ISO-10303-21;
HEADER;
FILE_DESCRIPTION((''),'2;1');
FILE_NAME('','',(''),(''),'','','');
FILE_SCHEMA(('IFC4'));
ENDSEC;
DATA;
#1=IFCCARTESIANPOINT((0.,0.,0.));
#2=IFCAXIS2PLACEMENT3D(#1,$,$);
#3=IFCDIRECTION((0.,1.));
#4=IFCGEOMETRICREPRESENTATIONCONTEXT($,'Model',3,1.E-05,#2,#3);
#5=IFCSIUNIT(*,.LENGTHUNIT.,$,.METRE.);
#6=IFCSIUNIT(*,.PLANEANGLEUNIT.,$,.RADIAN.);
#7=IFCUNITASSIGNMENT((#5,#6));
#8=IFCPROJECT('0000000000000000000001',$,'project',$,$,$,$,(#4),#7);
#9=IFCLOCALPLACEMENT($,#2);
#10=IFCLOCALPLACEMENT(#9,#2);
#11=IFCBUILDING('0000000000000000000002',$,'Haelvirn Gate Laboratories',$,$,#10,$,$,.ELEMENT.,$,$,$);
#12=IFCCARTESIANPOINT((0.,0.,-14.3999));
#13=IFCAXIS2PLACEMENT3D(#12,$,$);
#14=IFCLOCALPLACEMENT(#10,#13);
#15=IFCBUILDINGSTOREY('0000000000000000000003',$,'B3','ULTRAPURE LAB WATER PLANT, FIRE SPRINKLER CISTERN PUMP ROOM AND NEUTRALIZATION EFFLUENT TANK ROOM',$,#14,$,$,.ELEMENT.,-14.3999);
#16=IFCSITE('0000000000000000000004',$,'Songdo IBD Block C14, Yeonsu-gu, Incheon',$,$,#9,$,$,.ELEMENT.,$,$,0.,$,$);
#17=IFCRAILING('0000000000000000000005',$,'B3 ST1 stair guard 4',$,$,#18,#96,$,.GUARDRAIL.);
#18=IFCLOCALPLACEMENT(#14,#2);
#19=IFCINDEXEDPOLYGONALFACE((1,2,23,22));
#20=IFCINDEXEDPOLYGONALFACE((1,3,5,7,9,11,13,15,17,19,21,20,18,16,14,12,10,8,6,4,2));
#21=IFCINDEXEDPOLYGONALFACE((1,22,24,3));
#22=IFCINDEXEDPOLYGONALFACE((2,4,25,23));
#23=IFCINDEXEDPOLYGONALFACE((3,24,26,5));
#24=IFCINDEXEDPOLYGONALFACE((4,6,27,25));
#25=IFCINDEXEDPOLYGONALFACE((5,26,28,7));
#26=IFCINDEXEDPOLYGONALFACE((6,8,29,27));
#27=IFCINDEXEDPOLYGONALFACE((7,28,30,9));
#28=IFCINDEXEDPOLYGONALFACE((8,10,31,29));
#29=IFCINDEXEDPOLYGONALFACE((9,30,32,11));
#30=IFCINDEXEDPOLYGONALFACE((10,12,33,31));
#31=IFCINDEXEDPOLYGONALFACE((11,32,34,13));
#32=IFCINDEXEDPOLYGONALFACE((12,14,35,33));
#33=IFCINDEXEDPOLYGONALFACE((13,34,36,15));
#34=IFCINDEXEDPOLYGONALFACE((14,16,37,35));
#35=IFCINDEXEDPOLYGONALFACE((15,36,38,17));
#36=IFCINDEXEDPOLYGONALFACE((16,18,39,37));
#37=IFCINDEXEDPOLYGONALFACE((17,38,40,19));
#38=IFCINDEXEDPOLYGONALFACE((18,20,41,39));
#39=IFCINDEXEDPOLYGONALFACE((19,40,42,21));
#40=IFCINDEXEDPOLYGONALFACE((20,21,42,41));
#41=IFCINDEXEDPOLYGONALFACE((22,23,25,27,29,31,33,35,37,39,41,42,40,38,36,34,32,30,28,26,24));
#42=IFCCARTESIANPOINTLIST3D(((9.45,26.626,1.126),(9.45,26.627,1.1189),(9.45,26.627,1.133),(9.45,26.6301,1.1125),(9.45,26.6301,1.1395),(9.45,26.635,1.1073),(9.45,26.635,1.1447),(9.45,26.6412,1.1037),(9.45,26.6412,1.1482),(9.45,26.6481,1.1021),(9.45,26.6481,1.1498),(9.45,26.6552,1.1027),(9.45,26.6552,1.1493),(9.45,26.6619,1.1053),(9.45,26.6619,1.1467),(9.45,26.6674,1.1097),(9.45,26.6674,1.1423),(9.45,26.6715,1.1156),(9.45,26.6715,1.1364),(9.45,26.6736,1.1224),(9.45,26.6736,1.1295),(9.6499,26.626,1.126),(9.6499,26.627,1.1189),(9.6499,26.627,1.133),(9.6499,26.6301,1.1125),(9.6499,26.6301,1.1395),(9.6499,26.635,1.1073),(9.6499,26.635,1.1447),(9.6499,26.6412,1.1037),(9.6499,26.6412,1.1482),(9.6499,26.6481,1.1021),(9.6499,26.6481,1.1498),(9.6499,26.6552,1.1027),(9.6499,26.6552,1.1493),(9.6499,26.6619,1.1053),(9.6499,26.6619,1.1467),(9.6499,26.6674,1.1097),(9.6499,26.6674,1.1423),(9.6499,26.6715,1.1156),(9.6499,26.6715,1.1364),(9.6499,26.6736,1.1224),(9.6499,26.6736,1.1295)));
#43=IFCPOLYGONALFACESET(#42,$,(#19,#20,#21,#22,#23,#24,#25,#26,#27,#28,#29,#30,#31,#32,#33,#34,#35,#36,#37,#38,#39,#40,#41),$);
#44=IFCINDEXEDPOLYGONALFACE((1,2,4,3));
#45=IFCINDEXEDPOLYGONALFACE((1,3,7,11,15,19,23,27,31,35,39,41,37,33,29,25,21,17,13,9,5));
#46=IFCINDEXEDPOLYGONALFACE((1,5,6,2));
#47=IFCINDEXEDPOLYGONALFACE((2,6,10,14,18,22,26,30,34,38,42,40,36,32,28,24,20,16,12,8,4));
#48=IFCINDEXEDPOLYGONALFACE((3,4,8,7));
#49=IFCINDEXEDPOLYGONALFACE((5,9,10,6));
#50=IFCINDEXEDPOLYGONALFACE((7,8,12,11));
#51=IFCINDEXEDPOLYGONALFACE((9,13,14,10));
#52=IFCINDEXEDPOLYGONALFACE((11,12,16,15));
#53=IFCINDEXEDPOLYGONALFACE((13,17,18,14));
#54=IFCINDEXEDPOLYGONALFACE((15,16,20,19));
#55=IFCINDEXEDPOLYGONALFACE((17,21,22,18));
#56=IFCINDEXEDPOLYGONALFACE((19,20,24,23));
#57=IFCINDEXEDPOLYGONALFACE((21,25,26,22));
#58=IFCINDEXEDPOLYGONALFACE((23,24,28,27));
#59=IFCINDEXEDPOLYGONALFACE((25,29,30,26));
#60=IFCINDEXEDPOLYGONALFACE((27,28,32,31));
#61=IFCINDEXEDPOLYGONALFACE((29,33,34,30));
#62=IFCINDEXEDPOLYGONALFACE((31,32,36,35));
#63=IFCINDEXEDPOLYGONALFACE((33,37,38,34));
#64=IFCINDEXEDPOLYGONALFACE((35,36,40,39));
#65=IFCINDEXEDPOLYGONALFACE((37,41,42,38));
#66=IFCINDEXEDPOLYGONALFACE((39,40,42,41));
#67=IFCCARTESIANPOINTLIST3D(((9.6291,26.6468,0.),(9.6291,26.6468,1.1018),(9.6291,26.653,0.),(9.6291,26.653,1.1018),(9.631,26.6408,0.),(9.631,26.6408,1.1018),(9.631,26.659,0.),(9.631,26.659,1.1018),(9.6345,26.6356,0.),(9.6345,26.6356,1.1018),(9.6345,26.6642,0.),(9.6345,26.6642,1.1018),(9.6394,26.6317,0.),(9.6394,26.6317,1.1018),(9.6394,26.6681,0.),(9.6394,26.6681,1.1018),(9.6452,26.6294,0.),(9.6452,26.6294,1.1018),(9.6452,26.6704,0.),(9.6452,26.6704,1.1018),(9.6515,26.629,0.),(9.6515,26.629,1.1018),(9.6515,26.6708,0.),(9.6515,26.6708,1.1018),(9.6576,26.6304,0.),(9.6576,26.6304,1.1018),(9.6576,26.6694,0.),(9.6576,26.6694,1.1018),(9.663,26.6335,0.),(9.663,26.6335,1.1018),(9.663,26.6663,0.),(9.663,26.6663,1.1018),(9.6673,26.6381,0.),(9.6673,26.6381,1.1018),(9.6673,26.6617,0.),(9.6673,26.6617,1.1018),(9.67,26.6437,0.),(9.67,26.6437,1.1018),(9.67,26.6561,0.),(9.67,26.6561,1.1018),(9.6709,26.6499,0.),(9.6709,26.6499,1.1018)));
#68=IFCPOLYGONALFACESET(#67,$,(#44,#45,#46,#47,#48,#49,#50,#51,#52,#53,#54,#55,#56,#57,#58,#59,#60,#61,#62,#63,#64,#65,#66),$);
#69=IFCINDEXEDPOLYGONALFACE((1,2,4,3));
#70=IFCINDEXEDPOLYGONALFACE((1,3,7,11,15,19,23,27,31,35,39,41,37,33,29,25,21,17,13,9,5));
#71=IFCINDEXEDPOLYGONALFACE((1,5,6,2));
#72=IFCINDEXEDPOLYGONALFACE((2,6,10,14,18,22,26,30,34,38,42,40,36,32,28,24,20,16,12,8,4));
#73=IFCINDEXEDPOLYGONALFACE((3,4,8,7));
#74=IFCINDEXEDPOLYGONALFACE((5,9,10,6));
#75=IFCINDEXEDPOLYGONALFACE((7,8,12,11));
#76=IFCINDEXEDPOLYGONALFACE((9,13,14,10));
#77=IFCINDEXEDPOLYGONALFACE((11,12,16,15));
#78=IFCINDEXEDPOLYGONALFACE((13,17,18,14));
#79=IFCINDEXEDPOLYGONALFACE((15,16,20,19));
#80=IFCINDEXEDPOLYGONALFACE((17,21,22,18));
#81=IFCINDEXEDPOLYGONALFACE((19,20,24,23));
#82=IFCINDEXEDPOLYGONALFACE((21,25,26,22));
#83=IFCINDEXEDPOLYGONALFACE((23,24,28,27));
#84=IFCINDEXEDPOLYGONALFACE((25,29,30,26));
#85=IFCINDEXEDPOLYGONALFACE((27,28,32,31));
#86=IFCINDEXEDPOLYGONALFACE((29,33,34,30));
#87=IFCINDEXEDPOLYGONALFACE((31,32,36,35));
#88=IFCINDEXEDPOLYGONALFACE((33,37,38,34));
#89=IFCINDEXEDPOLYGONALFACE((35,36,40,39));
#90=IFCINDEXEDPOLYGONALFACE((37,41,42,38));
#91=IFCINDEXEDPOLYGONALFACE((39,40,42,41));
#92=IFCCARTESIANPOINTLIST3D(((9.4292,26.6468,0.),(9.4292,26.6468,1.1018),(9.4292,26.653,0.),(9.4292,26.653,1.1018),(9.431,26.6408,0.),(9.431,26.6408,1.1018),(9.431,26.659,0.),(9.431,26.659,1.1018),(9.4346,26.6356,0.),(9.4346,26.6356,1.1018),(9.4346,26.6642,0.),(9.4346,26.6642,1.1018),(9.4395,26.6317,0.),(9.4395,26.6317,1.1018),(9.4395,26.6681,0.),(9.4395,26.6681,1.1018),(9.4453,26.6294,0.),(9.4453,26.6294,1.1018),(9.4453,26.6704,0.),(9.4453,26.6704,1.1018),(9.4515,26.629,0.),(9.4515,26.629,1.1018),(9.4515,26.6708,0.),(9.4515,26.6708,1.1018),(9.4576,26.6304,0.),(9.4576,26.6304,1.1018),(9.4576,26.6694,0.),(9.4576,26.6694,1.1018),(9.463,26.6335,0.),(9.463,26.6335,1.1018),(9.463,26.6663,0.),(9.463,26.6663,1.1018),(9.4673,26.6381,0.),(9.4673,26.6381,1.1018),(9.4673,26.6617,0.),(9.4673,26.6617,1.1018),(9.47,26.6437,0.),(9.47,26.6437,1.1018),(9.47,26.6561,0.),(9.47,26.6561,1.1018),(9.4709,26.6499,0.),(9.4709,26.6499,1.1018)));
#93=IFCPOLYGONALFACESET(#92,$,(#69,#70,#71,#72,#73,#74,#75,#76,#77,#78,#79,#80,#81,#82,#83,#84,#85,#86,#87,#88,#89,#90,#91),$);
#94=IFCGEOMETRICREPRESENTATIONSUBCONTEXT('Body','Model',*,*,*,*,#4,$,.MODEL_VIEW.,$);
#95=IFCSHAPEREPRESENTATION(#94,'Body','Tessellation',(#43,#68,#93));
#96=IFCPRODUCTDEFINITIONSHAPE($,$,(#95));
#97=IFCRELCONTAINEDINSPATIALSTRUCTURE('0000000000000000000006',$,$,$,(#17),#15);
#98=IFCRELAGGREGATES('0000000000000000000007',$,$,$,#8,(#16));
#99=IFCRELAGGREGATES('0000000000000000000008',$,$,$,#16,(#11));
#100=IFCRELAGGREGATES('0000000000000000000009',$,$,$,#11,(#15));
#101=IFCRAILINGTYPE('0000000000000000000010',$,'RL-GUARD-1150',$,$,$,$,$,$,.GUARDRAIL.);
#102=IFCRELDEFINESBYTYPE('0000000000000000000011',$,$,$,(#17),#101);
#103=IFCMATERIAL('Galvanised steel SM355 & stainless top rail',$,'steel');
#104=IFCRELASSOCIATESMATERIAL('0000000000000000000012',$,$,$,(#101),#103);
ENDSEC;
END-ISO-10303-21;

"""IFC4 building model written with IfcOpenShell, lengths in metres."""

from ifc_helpers import new_model, si_unit, direction, frame, origin, origin_2d, place, context, subcontext, project, spatial, circle, extrude, source, transform, mapped, material, type_object, element, save


model = new_model("IFC4")

# Units and contexts
model_context = context("Model", 3, precision=1e-05, world=origin(), true_north=direction((0.0, 1.0)))
body_context = subcontext(model_context, "Body", "Model", "MODEL_VIEW")
ifc_project = project(units=[si_unit("LENGTHUNIT", "METRE"), si_unit("PLANEANGLEUNIT", "RADIAN")], contexts=[model_context])

# Site, building, storey
site_placement = place(None, origin())
site = spatial("IfcSite", under=ifc_project, at=site_placement, Name="Songdo IBD Block C14, Yeonsu-gu, Incheon", CompositionType="ELEMENT", RefElevation=0.0)
building_placement = place(site_placement, origin())
building = spatial("IfcBuilding", under=site, at=building_placement, Name="Haelvirn Gate Laboratories", CompositionType="ELEMENT")
storey_placement = place(building_placement, frame((0.0, 0.0, -14.3999)))
storey = spatial("IfcBuildingStorey", under=building, at=storey_placement, Name="B3", Description="ULTRAPURE LAB WATER PLANT, FIRE SPRINKLER CISTERN PUMP ROOM AND NEUTRALIZATION EFFLUENT TANK ROOM", CompositionType="ELEMENT", Elevation=-14.3999)

# Railing
ifc_material_1 = material(Name="Galvanised steel SM355 & stainless top rail", Category="steel")
railing_type_1 = type_object("IfcRailingType", Name="RL-GUARD-1150", PredefinedType="GUARDRAIL", material=ifc_material_1)
shared_shape_1 = source(origin(), body_context, "Body", "SweptSolid", [
    extrude(circle(Radius=0.0239, at=origin_2d()), frame((0.0, 0.0, 1.126), z_axis=(-1.0, 0.0, 0.0), x_axis=(0.0, -1.0, 0.0)), (0.0, 0.0, 1.0), 0.2),
    extrude(circle(Radius=0.021, at=origin_2d()), origin(), (0.0, 0.0, 1.0), 1.1018),
    extrude(circle(Radius=0.021, at=origin_2d()), frame((-0.2, 0.0, 0.0)), (0.0, 0.0, 1.0), 1.1018),
])
railing_1_placement = place(storey_placement, frame((9.6499, 26.6499, 0.0)))
element("IfcRailing", 1, at=railing_1_placement, inside=storey, type_object=railing_type_1, Name="B3 ST1 stair guard 4", PredefinedType="GUARDRAIL", context=body_context, shape_type="MappedRepresentation", body=[
    mapped(shared_shape_1, transform((0.0, 0.0, 0.0), scale=1.0)),
])

save(model, "model.ifc")
